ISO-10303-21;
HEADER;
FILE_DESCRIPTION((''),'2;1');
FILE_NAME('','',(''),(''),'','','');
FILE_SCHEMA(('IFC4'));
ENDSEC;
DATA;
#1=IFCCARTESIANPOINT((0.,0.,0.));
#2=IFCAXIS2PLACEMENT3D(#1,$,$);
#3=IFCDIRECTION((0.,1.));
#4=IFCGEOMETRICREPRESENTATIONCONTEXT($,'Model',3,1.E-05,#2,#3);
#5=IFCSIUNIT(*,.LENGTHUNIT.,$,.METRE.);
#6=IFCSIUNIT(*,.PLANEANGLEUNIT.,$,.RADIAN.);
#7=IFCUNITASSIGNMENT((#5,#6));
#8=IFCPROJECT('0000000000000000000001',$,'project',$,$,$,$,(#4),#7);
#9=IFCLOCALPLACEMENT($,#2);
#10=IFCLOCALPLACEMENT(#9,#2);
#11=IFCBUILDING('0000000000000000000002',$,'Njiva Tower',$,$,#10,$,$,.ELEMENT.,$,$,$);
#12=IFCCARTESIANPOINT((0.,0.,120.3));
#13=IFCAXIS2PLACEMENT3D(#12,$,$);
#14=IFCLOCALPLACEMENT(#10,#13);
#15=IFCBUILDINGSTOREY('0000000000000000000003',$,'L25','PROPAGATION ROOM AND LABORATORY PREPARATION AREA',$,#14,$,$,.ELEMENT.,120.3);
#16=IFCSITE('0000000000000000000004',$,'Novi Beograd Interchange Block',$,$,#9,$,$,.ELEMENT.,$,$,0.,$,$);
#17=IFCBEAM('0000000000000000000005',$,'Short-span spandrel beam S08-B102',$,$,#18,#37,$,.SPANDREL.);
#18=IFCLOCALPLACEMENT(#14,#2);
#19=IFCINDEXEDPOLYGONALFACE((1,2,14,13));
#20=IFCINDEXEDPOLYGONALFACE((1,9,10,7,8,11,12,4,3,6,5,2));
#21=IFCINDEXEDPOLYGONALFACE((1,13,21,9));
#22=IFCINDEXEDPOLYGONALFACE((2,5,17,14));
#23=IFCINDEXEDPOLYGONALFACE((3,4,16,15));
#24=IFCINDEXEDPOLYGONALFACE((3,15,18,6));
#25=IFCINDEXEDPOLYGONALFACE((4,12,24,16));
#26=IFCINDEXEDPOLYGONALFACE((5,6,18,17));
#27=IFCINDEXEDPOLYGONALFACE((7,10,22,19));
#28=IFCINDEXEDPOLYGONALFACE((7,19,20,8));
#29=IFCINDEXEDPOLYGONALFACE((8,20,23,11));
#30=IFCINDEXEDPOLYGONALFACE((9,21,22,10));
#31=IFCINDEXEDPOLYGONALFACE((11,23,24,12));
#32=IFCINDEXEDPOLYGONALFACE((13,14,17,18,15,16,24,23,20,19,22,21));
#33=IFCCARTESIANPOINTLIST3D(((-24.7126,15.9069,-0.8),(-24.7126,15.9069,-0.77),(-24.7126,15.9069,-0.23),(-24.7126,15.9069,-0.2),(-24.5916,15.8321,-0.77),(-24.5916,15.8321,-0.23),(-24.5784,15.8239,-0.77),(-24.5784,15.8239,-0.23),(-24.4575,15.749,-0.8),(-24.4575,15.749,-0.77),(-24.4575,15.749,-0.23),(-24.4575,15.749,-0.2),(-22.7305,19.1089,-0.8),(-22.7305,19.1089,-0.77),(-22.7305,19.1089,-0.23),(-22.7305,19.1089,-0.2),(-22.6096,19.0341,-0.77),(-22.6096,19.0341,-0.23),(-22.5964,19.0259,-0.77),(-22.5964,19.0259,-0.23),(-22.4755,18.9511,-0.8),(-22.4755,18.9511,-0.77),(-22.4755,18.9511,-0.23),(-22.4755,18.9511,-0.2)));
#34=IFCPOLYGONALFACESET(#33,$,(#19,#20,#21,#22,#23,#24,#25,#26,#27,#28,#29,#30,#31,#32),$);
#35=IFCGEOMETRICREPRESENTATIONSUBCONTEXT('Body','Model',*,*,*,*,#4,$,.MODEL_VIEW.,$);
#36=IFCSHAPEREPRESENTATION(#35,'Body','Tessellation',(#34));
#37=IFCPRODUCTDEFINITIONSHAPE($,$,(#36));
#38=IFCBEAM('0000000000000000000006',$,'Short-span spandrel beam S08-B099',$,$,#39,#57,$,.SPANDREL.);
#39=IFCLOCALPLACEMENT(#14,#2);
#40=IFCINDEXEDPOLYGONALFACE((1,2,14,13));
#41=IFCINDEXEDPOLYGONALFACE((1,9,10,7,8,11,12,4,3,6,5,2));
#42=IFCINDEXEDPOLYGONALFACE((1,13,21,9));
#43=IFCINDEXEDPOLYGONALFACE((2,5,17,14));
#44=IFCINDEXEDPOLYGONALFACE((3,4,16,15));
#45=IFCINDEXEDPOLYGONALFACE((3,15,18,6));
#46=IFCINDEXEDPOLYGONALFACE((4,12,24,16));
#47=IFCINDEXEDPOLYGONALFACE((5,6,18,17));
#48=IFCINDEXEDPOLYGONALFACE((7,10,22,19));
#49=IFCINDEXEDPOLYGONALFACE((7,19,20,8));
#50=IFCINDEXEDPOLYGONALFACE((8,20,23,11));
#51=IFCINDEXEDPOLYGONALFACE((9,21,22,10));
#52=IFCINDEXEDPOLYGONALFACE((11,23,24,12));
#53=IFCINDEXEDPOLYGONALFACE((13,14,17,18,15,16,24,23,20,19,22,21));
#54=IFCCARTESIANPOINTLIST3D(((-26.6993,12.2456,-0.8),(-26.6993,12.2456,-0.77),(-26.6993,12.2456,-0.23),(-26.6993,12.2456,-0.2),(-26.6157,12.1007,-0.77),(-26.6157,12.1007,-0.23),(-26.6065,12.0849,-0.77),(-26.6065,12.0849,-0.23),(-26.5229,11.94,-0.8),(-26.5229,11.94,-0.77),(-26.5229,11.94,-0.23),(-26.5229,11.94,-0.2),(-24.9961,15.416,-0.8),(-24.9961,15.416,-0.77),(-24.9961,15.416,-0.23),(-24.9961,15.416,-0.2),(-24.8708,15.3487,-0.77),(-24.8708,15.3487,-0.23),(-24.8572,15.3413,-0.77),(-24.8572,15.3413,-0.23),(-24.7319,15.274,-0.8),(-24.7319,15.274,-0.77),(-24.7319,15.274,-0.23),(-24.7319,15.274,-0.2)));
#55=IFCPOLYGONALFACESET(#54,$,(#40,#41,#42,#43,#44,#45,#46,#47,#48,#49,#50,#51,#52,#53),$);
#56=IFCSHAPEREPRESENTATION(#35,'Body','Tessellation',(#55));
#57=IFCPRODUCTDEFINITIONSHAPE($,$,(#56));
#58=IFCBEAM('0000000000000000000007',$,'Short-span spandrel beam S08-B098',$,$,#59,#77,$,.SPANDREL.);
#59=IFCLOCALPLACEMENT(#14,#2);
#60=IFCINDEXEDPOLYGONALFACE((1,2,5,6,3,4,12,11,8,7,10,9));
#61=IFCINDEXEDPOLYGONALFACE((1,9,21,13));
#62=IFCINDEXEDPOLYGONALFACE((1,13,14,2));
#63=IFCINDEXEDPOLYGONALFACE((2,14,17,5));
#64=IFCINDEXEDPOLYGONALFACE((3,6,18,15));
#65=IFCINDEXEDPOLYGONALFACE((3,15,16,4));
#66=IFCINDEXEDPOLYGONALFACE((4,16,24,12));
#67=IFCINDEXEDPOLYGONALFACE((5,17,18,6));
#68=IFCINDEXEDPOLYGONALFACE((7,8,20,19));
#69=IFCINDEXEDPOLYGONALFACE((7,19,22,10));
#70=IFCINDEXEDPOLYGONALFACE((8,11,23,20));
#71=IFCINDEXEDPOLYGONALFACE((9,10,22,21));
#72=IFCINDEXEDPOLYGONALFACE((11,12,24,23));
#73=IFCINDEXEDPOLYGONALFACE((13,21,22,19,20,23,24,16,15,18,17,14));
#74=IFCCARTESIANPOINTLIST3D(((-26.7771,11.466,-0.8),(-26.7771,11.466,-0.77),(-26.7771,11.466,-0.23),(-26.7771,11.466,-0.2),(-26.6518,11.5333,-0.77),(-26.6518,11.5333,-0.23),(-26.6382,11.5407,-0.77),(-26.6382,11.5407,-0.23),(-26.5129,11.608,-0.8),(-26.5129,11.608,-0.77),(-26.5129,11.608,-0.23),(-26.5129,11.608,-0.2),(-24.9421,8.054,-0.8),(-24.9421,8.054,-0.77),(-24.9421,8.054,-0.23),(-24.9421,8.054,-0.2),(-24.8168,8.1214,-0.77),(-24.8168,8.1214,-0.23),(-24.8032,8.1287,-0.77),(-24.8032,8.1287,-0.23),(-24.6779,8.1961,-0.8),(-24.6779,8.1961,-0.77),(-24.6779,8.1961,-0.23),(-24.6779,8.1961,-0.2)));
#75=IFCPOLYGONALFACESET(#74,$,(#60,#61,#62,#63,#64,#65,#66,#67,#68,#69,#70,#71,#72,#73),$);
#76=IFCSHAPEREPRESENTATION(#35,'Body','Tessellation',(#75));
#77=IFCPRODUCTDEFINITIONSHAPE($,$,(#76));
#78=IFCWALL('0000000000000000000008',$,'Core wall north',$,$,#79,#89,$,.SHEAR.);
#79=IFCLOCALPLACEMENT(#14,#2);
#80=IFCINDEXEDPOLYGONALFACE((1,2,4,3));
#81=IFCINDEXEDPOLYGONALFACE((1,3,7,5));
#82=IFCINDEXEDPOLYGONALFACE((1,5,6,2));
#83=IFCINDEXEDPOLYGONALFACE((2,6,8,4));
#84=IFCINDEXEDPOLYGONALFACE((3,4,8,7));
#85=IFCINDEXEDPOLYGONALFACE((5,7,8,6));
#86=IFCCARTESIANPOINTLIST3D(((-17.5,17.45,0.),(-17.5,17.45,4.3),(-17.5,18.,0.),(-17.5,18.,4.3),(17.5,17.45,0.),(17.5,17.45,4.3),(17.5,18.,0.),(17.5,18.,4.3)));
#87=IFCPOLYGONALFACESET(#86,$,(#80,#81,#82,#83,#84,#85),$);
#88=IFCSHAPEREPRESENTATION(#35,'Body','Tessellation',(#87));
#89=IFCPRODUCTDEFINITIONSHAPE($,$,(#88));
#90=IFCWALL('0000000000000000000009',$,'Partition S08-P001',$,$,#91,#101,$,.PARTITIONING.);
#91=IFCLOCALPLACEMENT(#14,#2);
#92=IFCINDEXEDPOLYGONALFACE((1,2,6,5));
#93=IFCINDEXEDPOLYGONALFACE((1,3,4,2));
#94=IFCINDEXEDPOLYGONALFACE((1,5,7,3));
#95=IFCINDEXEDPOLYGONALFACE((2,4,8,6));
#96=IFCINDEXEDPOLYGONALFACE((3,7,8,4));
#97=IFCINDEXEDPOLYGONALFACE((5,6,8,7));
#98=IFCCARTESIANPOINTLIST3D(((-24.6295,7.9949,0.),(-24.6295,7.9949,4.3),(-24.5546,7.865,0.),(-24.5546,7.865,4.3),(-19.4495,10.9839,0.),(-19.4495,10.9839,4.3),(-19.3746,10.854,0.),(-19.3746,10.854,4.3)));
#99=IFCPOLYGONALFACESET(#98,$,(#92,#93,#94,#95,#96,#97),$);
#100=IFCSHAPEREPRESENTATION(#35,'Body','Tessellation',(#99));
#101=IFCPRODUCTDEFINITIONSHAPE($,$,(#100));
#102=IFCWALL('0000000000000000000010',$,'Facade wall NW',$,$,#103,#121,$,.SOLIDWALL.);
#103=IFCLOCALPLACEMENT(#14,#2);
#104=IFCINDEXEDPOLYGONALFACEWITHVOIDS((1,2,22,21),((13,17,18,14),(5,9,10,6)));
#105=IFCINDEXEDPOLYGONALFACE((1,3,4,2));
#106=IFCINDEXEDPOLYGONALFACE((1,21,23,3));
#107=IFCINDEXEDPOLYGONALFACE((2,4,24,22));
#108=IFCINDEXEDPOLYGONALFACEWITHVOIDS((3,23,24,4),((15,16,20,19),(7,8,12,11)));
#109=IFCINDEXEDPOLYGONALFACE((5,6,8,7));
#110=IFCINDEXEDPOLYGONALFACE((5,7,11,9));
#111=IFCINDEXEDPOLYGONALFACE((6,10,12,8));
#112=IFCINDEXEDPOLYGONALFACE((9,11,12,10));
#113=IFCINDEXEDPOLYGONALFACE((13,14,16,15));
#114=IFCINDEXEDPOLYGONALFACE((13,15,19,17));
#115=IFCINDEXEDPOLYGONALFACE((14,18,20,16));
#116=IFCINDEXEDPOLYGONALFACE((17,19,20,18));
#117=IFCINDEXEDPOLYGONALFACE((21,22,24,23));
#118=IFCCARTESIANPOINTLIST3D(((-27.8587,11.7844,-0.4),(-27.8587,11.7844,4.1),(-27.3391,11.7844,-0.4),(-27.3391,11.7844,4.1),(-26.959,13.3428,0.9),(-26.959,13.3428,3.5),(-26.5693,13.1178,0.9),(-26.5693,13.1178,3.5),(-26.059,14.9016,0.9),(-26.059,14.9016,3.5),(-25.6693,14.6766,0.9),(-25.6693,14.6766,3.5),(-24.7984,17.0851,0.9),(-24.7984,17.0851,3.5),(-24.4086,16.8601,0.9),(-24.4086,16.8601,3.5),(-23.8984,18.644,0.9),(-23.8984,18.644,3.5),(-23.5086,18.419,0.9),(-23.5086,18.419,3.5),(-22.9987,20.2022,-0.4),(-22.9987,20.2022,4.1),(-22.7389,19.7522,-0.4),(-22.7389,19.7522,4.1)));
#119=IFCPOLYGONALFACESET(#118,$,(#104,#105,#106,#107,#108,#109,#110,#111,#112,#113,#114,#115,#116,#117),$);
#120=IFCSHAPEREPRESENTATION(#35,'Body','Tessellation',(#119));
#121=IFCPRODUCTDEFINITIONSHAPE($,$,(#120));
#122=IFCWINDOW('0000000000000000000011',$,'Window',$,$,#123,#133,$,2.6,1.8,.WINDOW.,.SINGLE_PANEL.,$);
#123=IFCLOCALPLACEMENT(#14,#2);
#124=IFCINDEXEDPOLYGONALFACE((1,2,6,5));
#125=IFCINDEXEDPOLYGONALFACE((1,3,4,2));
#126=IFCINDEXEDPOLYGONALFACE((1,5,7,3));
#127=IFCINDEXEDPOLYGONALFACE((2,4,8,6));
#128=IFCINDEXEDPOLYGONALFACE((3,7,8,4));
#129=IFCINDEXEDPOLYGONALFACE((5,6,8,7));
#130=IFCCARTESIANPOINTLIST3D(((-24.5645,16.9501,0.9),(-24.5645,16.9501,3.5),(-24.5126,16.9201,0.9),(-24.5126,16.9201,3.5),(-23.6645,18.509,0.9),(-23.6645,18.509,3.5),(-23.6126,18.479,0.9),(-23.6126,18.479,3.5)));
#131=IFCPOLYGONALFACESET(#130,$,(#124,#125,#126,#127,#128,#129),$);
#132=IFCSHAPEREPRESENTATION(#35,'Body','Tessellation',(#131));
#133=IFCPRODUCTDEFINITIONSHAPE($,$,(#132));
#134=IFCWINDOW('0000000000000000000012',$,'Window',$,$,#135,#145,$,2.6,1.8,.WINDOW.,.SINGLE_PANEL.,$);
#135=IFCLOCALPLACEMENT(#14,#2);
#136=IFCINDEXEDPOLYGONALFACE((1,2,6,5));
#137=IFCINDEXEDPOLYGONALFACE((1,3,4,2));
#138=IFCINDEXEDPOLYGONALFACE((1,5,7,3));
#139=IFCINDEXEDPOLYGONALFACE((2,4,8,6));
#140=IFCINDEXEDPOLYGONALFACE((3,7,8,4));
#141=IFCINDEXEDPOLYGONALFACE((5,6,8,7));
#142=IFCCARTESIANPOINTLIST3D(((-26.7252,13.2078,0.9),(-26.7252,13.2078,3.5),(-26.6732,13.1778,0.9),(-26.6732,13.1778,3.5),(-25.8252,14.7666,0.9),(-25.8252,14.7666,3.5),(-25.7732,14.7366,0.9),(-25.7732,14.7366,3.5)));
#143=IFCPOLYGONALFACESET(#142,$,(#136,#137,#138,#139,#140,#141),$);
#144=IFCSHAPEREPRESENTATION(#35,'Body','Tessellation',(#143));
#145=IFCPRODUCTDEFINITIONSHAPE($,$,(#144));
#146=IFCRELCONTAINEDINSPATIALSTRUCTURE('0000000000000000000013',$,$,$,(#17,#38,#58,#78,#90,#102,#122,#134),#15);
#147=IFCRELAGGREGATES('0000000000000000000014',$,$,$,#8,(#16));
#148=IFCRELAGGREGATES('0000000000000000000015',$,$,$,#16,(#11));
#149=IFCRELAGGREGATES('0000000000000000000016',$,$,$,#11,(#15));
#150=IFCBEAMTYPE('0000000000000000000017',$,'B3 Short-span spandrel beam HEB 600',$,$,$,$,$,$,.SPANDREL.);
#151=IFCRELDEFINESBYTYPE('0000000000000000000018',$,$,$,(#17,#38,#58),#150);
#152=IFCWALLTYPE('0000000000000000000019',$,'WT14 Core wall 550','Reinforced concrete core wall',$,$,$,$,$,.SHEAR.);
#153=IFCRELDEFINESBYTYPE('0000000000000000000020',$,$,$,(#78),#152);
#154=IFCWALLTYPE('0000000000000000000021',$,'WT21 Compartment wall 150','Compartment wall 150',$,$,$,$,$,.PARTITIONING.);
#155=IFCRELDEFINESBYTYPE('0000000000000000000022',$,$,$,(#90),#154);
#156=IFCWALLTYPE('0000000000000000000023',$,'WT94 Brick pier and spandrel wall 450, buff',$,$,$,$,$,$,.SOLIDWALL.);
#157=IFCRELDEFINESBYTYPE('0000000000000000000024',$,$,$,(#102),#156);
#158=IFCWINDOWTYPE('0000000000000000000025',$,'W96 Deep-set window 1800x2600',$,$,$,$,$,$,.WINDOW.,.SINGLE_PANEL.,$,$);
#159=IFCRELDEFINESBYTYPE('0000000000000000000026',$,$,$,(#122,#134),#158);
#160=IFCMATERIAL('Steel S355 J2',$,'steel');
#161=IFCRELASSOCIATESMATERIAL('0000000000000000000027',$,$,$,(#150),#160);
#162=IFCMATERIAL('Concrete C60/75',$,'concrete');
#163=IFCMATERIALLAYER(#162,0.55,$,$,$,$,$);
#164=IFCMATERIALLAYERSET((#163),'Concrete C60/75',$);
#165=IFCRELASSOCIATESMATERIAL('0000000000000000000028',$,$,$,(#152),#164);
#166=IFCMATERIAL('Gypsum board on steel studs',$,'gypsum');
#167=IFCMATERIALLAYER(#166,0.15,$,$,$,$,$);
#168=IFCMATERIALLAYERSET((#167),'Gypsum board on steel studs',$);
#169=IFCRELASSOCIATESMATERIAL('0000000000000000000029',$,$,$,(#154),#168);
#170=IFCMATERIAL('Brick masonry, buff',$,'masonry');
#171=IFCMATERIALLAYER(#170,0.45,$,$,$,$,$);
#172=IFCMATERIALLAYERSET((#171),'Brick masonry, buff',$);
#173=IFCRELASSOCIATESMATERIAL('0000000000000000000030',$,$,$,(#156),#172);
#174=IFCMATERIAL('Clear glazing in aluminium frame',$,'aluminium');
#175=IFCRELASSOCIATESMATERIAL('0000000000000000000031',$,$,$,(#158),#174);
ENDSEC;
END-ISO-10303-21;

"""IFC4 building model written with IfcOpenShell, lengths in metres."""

from ifc_helpers import new_model, si_unit, direction, frame, frame_2d, origin, origin_2d, place, context, subcontext, project, spatial, polyline, rectangle, i_section, outline, extrude, clip, halfspace, material, layer, layer_set, material_profile, profile_set, type_object, element, fill, save


model = new_model("IFC4")

# Units and contexts
model_context = context("Model", 3, precision=1e-05, world=origin(), true_north=direction((0.0, 1.0)))
body_context = subcontext(model_context, "Body", "Model", "MODEL_VIEW")
ifc_project = project(units=[si_unit("LENGTHUNIT", "METRE"), si_unit("PLANEANGLEUNIT", "RADIAN")], contexts=[model_context])

# Site, building, storey
site_placement = place(None, origin())
site = spatial("IfcSite", under=ifc_project, at=site_placement, Name="Novi Beograd Interchange Block", CompositionType="ELEMENT", RefElevation=0.0)
building_placement = place(site_placement, origin())
building = spatial("IfcBuilding", under=site, at=building_placement, Name="Njiva Tower", CompositionType="ELEMENT")
storey_placement = place(building_placement, frame((0.0, 0.0, 120.3)))
storey = spatial("IfcBuildingStorey", under=building, at=storey_placement, Name="L25", Description="PROPAGATION ROOM AND LABORATORY PREPARATION AREA", CompositionType="ELEMENT", Elevation=120.3)

# Shared definitions
ifc_material_1 = material(Name="Steel S355 J2", Category="steel")

# Beams
ifc_material_profile_1 = material_profile(ifc_material_1, i_section(OverallWidth=0.3, OverallDepth=0.6, WebThickness=0.0155, FlangeThickness=0.03, at=origin_2d()), Name="HEB 600")
ifc_profile_set_1 = profile_set([ifc_material_profile_1], Name="Steel S355 J2")
beam_type_1 = type_object("IfcBeamType", Name="B3 Short-span spandrel beam HEB 600", PredefinedType="SPANDREL", material=ifc_profile_set_1)
beam_1_placement = place(storey_placement, frame((-22.603, 19.03, -0.5), z_axis=(-0.526318, -0.850288, 0.0), x_axis=(0.850288, -0.526318, 0.0)))
element("IfcBeam", 1, at=beam_1_placement, inside=storey, type_object=beam_type_1, Name="Short-span spandrel beam S08-B102", PredefinedType="SPANDREL", context=body_context, shape_type="SweptSolid", body=[
    extrude(i_section(OverallWidth=0.3, OverallDepth=0.6, WebThickness=0.0155, FlangeThickness=0.03, at=origin_2d()), origin(), (0.0, 0.0, 1.0), 3.7658),
])
beam_2_placement = place(storey_placement, frame((-24.864, 15.345, -0.5), z_axis=(-0.473243, -0.880932, 0.0), x_axis=(0.880932, -0.473243, 0.0)))
element("IfcBeam", 2, at=beam_2_placement, inside=storey, type_object=beam_type_1, Name="Short-span spandrel beam S08-B099", PredefinedType="SPANDREL", context=body_context, shape_type="Clipping", body=[
    clip(extrude(i_section(OverallWidth=0.3, OverallDepth=0.6, WebThickness=0.0155, FlangeThickness=0.03, at=origin_2d()), origin(), (0.0, 0.0, 1.0), 3.8045), halfspace(frame((-0.0261, 0.0, 3.6756), z_axis=(-0.526289, 0.0, 0.850305), x_axis=(0.0, 1.0, 0.0)), False)),
])
beam_3_placement = place(storey_placement, frame((-26.645, 11.537, -0.5), z_axis=(0.473653, -0.880711, 0.0), x_axis=(0.880711, 0.473653, 0.0)))
element("IfcBeam", 3, at=beam_3_placement, inside=storey, type_object=beam_type_1, Name="Short-span spandrel beam S08-B098", PredefinedType="SPANDREL", context=body_context, shape_type="SweptSolid", body=[
    extrude(i_section(OverallWidth=0.3, OverallDepth=0.6, WebThickness=0.0155, FlangeThickness=0.03, at=origin_2d()), origin(), (0.0, 0.0, 1.0), 3.8741),
])

# Walls
ifc_material_2 = material(Name="Concrete C60/75", Category="concrete")
ifc_layer_1 = layer(ifc_material_2, 0.55)
ifc_layer_set_1 = layer_set([ifc_layer_1], Name="Concrete C60/75")
wall_type_1 = type_object("IfcWallType", Name="WT14 Core wall 550", Description="Reinforced concrete core wall", PredefinedType="SHEAR", material=ifc_layer_set_1)
wall_1_placement = place(storey_placement, frame((-17.5, 17.725, 0.0), z_axis=(0.0, 0.0, 1.0), x_axis=(1.0, 0.0, 0.0)))
element("IfcWall", 4, at=wall_1_placement, inside=storey, type_object=wall_type_1, Name="Core wall north", PredefinedType="SHEAR", context=body_context, shape_type="SweptSolid", body=[
    extrude(rectangle(XDim=35.0, YDim=0.55, at=frame_2d((17.5, 0.0))), origin(), (0.0, 0.0, 1.0), 4.3),
])
ifc_material_3 = material(Name="Gypsum board on steel studs", Category="gypsum")
ifc_layer_2 = layer(ifc_material_3, 0.15)
ifc_layer_set_2 = layer_set([ifc_layer_2], Name="Gypsum board on steel studs")
wall_type_2 = type_object("IfcWallType", Name="WT21 Compartment wall 150", Description="Compartment wall 150", PredefinedType="PARTITIONING", material=ifc_layer_set_2)
wall_2_placement = place(storey_placement, frame((-24.592, 7.93, 0.0), z_axis=(0.0, 0.0, 1.0), x_axis=(0.866147, 0.49979, 0.0)))
element("IfcWall", 5, at=wall_2_placement, inside=storey, type_object=wall_type_2, Name="Partition S08-P001", PredefinedType="PARTITIONING", context=body_context, shape_type="SweptSolid", body=[
    extrude(rectangle(XDim=5.9805, YDim=0.15, at=frame_2d((2.9902, 0.0))), origin(), (0.0, 0.0, 1.0), 4.3),
])

# Wall, openings, windows
ifc_material_4 = material(Name="Clear glazing in aluminium frame", Category="aluminium")
ifc_material_5 = material(Name="Brick masonry, buff", Category="masonry")
ifc_layer_3 = layer(ifc_material_5, 0.45)
ifc_layer_set_3 = layer_set([ifc_layer_3], Name="Brick masonry, buff")
wall_type_3 = type_object("IfcWallType", Name="WT94 Brick pier and spandrel wall 450, buff", PredefinedType="SOLIDWALL", material=ifc_layer_set_3)
wall_3_placement = place(storey_placement, frame((-22.8688, 19.9772, -0.4), z_axis=(0.0, 0.0, 1.0), x_axis=(-0.499999, -0.866026, 0.0)))
wall_3 = element("IfcWall", 6, at=wall_3_placement, inside=storey, type_object=wall_type_3, Name="Facade wall NW", PredefinedType="SOLIDWALL", context=body_context, shape_type="SweptSolid", body=[
    extrude(outline(polyline([(-0.1299, -0.225), (9.5901, -0.225), (9.3303, 0.225), (0.1299, 0.225), (-0.1299, -0.225)])), origin(), (0.0, 0.0, 1.0), 4.5),
])
opening_1_placement = place(wall_3_placement, frame((1.6694, 0.0, 1.3)))
opening_1 = element("IfcOpeningElement", 7, at=opening_1_placement, cuts=wall_3, PredefinedType="OPENING", context=body_context, shape_type="SweptSolid", body=[
    extrude(rectangle(XDim=1.8, YDim=2.6, at=frame_2d((0.9, 1.3))), frame((0.0, 0.235, 0.0), z_axis=(0.0, -1.0, 0.0), x_axis=(1.0, 0.0, 0.0)), (0.0, 0.0, 1.0), 0.47),
])
opening_2_placement = place(wall_3_placement, frame((5.9907, 0.0, 1.3)))
opening_2 = element("IfcOpeningElement", 8, at=opening_2_placement, cuts=wall_3, PredefinedType="OPENING", context=body_context, shape_type="SweptSolid", body=[
    extrude(rectangle(XDim=1.8, YDim=2.6, at=frame_2d((0.9, 1.3))), frame((0.0, 0.235, 0.0), z_axis=(0.0, -1.0, 0.0), x_axis=(1.0, 0.0, 0.0)), (0.0, 0.0, 1.0), 0.47),
])
window_type_1 = type_object("IfcWindowType", Name="W96 Deep-set window 1800x2600", PartitioningType="SINGLE_PANEL", PredefinedType="WINDOW", material=ifc_material_4)
window_1_placement = place(opening_1_placement, origin())
window_1 = element("IfcWindow", 9, at=window_1_placement, inside=storey, type_object=window_type_1, Name="Window", OverallHeight=2.6, OverallWidth=1.8, PartitioningType="SINGLE_PANEL", PredefinedType="WINDOW", context=body_context, shape_type="SweptSolid", body=[
    extrude(rectangle(XDim=1.8, YDim=2.6, at=frame_2d((0.9, 1.3))), frame((0.0, 0.105, 0.0), z_axis=(0.0, -1.0, 0.0), x_axis=(1.0, 0.0, 0.0)), (0.0, 0.0, 1.0), 0.06),
])
fill(opening_1, window_1)
window_2_placement = place(opening_2_placement, origin())
window_2 = element("IfcWindow", 10, at=window_2_placement, inside=storey, type_object=window_type_1, Name="Window", OverallHeight=2.6, OverallWidth=1.8, PartitioningType="SINGLE_PANEL", PredefinedType="WINDOW", context=body_context, shape_type="SweptSolid", body=[
    extrude(rectangle(XDim=1.8, YDim=2.6, at=frame_2d((0.9, 1.3))), frame((0.0, 0.105, 0.0), z_axis=(0.0, -1.0, 0.0), x_axis=(1.0, 0.0, 0.0)), (0.0, 0.0, 1.0), 0.06),
])
fill(opening_2, window_2)

save(model, "model.ifc")
